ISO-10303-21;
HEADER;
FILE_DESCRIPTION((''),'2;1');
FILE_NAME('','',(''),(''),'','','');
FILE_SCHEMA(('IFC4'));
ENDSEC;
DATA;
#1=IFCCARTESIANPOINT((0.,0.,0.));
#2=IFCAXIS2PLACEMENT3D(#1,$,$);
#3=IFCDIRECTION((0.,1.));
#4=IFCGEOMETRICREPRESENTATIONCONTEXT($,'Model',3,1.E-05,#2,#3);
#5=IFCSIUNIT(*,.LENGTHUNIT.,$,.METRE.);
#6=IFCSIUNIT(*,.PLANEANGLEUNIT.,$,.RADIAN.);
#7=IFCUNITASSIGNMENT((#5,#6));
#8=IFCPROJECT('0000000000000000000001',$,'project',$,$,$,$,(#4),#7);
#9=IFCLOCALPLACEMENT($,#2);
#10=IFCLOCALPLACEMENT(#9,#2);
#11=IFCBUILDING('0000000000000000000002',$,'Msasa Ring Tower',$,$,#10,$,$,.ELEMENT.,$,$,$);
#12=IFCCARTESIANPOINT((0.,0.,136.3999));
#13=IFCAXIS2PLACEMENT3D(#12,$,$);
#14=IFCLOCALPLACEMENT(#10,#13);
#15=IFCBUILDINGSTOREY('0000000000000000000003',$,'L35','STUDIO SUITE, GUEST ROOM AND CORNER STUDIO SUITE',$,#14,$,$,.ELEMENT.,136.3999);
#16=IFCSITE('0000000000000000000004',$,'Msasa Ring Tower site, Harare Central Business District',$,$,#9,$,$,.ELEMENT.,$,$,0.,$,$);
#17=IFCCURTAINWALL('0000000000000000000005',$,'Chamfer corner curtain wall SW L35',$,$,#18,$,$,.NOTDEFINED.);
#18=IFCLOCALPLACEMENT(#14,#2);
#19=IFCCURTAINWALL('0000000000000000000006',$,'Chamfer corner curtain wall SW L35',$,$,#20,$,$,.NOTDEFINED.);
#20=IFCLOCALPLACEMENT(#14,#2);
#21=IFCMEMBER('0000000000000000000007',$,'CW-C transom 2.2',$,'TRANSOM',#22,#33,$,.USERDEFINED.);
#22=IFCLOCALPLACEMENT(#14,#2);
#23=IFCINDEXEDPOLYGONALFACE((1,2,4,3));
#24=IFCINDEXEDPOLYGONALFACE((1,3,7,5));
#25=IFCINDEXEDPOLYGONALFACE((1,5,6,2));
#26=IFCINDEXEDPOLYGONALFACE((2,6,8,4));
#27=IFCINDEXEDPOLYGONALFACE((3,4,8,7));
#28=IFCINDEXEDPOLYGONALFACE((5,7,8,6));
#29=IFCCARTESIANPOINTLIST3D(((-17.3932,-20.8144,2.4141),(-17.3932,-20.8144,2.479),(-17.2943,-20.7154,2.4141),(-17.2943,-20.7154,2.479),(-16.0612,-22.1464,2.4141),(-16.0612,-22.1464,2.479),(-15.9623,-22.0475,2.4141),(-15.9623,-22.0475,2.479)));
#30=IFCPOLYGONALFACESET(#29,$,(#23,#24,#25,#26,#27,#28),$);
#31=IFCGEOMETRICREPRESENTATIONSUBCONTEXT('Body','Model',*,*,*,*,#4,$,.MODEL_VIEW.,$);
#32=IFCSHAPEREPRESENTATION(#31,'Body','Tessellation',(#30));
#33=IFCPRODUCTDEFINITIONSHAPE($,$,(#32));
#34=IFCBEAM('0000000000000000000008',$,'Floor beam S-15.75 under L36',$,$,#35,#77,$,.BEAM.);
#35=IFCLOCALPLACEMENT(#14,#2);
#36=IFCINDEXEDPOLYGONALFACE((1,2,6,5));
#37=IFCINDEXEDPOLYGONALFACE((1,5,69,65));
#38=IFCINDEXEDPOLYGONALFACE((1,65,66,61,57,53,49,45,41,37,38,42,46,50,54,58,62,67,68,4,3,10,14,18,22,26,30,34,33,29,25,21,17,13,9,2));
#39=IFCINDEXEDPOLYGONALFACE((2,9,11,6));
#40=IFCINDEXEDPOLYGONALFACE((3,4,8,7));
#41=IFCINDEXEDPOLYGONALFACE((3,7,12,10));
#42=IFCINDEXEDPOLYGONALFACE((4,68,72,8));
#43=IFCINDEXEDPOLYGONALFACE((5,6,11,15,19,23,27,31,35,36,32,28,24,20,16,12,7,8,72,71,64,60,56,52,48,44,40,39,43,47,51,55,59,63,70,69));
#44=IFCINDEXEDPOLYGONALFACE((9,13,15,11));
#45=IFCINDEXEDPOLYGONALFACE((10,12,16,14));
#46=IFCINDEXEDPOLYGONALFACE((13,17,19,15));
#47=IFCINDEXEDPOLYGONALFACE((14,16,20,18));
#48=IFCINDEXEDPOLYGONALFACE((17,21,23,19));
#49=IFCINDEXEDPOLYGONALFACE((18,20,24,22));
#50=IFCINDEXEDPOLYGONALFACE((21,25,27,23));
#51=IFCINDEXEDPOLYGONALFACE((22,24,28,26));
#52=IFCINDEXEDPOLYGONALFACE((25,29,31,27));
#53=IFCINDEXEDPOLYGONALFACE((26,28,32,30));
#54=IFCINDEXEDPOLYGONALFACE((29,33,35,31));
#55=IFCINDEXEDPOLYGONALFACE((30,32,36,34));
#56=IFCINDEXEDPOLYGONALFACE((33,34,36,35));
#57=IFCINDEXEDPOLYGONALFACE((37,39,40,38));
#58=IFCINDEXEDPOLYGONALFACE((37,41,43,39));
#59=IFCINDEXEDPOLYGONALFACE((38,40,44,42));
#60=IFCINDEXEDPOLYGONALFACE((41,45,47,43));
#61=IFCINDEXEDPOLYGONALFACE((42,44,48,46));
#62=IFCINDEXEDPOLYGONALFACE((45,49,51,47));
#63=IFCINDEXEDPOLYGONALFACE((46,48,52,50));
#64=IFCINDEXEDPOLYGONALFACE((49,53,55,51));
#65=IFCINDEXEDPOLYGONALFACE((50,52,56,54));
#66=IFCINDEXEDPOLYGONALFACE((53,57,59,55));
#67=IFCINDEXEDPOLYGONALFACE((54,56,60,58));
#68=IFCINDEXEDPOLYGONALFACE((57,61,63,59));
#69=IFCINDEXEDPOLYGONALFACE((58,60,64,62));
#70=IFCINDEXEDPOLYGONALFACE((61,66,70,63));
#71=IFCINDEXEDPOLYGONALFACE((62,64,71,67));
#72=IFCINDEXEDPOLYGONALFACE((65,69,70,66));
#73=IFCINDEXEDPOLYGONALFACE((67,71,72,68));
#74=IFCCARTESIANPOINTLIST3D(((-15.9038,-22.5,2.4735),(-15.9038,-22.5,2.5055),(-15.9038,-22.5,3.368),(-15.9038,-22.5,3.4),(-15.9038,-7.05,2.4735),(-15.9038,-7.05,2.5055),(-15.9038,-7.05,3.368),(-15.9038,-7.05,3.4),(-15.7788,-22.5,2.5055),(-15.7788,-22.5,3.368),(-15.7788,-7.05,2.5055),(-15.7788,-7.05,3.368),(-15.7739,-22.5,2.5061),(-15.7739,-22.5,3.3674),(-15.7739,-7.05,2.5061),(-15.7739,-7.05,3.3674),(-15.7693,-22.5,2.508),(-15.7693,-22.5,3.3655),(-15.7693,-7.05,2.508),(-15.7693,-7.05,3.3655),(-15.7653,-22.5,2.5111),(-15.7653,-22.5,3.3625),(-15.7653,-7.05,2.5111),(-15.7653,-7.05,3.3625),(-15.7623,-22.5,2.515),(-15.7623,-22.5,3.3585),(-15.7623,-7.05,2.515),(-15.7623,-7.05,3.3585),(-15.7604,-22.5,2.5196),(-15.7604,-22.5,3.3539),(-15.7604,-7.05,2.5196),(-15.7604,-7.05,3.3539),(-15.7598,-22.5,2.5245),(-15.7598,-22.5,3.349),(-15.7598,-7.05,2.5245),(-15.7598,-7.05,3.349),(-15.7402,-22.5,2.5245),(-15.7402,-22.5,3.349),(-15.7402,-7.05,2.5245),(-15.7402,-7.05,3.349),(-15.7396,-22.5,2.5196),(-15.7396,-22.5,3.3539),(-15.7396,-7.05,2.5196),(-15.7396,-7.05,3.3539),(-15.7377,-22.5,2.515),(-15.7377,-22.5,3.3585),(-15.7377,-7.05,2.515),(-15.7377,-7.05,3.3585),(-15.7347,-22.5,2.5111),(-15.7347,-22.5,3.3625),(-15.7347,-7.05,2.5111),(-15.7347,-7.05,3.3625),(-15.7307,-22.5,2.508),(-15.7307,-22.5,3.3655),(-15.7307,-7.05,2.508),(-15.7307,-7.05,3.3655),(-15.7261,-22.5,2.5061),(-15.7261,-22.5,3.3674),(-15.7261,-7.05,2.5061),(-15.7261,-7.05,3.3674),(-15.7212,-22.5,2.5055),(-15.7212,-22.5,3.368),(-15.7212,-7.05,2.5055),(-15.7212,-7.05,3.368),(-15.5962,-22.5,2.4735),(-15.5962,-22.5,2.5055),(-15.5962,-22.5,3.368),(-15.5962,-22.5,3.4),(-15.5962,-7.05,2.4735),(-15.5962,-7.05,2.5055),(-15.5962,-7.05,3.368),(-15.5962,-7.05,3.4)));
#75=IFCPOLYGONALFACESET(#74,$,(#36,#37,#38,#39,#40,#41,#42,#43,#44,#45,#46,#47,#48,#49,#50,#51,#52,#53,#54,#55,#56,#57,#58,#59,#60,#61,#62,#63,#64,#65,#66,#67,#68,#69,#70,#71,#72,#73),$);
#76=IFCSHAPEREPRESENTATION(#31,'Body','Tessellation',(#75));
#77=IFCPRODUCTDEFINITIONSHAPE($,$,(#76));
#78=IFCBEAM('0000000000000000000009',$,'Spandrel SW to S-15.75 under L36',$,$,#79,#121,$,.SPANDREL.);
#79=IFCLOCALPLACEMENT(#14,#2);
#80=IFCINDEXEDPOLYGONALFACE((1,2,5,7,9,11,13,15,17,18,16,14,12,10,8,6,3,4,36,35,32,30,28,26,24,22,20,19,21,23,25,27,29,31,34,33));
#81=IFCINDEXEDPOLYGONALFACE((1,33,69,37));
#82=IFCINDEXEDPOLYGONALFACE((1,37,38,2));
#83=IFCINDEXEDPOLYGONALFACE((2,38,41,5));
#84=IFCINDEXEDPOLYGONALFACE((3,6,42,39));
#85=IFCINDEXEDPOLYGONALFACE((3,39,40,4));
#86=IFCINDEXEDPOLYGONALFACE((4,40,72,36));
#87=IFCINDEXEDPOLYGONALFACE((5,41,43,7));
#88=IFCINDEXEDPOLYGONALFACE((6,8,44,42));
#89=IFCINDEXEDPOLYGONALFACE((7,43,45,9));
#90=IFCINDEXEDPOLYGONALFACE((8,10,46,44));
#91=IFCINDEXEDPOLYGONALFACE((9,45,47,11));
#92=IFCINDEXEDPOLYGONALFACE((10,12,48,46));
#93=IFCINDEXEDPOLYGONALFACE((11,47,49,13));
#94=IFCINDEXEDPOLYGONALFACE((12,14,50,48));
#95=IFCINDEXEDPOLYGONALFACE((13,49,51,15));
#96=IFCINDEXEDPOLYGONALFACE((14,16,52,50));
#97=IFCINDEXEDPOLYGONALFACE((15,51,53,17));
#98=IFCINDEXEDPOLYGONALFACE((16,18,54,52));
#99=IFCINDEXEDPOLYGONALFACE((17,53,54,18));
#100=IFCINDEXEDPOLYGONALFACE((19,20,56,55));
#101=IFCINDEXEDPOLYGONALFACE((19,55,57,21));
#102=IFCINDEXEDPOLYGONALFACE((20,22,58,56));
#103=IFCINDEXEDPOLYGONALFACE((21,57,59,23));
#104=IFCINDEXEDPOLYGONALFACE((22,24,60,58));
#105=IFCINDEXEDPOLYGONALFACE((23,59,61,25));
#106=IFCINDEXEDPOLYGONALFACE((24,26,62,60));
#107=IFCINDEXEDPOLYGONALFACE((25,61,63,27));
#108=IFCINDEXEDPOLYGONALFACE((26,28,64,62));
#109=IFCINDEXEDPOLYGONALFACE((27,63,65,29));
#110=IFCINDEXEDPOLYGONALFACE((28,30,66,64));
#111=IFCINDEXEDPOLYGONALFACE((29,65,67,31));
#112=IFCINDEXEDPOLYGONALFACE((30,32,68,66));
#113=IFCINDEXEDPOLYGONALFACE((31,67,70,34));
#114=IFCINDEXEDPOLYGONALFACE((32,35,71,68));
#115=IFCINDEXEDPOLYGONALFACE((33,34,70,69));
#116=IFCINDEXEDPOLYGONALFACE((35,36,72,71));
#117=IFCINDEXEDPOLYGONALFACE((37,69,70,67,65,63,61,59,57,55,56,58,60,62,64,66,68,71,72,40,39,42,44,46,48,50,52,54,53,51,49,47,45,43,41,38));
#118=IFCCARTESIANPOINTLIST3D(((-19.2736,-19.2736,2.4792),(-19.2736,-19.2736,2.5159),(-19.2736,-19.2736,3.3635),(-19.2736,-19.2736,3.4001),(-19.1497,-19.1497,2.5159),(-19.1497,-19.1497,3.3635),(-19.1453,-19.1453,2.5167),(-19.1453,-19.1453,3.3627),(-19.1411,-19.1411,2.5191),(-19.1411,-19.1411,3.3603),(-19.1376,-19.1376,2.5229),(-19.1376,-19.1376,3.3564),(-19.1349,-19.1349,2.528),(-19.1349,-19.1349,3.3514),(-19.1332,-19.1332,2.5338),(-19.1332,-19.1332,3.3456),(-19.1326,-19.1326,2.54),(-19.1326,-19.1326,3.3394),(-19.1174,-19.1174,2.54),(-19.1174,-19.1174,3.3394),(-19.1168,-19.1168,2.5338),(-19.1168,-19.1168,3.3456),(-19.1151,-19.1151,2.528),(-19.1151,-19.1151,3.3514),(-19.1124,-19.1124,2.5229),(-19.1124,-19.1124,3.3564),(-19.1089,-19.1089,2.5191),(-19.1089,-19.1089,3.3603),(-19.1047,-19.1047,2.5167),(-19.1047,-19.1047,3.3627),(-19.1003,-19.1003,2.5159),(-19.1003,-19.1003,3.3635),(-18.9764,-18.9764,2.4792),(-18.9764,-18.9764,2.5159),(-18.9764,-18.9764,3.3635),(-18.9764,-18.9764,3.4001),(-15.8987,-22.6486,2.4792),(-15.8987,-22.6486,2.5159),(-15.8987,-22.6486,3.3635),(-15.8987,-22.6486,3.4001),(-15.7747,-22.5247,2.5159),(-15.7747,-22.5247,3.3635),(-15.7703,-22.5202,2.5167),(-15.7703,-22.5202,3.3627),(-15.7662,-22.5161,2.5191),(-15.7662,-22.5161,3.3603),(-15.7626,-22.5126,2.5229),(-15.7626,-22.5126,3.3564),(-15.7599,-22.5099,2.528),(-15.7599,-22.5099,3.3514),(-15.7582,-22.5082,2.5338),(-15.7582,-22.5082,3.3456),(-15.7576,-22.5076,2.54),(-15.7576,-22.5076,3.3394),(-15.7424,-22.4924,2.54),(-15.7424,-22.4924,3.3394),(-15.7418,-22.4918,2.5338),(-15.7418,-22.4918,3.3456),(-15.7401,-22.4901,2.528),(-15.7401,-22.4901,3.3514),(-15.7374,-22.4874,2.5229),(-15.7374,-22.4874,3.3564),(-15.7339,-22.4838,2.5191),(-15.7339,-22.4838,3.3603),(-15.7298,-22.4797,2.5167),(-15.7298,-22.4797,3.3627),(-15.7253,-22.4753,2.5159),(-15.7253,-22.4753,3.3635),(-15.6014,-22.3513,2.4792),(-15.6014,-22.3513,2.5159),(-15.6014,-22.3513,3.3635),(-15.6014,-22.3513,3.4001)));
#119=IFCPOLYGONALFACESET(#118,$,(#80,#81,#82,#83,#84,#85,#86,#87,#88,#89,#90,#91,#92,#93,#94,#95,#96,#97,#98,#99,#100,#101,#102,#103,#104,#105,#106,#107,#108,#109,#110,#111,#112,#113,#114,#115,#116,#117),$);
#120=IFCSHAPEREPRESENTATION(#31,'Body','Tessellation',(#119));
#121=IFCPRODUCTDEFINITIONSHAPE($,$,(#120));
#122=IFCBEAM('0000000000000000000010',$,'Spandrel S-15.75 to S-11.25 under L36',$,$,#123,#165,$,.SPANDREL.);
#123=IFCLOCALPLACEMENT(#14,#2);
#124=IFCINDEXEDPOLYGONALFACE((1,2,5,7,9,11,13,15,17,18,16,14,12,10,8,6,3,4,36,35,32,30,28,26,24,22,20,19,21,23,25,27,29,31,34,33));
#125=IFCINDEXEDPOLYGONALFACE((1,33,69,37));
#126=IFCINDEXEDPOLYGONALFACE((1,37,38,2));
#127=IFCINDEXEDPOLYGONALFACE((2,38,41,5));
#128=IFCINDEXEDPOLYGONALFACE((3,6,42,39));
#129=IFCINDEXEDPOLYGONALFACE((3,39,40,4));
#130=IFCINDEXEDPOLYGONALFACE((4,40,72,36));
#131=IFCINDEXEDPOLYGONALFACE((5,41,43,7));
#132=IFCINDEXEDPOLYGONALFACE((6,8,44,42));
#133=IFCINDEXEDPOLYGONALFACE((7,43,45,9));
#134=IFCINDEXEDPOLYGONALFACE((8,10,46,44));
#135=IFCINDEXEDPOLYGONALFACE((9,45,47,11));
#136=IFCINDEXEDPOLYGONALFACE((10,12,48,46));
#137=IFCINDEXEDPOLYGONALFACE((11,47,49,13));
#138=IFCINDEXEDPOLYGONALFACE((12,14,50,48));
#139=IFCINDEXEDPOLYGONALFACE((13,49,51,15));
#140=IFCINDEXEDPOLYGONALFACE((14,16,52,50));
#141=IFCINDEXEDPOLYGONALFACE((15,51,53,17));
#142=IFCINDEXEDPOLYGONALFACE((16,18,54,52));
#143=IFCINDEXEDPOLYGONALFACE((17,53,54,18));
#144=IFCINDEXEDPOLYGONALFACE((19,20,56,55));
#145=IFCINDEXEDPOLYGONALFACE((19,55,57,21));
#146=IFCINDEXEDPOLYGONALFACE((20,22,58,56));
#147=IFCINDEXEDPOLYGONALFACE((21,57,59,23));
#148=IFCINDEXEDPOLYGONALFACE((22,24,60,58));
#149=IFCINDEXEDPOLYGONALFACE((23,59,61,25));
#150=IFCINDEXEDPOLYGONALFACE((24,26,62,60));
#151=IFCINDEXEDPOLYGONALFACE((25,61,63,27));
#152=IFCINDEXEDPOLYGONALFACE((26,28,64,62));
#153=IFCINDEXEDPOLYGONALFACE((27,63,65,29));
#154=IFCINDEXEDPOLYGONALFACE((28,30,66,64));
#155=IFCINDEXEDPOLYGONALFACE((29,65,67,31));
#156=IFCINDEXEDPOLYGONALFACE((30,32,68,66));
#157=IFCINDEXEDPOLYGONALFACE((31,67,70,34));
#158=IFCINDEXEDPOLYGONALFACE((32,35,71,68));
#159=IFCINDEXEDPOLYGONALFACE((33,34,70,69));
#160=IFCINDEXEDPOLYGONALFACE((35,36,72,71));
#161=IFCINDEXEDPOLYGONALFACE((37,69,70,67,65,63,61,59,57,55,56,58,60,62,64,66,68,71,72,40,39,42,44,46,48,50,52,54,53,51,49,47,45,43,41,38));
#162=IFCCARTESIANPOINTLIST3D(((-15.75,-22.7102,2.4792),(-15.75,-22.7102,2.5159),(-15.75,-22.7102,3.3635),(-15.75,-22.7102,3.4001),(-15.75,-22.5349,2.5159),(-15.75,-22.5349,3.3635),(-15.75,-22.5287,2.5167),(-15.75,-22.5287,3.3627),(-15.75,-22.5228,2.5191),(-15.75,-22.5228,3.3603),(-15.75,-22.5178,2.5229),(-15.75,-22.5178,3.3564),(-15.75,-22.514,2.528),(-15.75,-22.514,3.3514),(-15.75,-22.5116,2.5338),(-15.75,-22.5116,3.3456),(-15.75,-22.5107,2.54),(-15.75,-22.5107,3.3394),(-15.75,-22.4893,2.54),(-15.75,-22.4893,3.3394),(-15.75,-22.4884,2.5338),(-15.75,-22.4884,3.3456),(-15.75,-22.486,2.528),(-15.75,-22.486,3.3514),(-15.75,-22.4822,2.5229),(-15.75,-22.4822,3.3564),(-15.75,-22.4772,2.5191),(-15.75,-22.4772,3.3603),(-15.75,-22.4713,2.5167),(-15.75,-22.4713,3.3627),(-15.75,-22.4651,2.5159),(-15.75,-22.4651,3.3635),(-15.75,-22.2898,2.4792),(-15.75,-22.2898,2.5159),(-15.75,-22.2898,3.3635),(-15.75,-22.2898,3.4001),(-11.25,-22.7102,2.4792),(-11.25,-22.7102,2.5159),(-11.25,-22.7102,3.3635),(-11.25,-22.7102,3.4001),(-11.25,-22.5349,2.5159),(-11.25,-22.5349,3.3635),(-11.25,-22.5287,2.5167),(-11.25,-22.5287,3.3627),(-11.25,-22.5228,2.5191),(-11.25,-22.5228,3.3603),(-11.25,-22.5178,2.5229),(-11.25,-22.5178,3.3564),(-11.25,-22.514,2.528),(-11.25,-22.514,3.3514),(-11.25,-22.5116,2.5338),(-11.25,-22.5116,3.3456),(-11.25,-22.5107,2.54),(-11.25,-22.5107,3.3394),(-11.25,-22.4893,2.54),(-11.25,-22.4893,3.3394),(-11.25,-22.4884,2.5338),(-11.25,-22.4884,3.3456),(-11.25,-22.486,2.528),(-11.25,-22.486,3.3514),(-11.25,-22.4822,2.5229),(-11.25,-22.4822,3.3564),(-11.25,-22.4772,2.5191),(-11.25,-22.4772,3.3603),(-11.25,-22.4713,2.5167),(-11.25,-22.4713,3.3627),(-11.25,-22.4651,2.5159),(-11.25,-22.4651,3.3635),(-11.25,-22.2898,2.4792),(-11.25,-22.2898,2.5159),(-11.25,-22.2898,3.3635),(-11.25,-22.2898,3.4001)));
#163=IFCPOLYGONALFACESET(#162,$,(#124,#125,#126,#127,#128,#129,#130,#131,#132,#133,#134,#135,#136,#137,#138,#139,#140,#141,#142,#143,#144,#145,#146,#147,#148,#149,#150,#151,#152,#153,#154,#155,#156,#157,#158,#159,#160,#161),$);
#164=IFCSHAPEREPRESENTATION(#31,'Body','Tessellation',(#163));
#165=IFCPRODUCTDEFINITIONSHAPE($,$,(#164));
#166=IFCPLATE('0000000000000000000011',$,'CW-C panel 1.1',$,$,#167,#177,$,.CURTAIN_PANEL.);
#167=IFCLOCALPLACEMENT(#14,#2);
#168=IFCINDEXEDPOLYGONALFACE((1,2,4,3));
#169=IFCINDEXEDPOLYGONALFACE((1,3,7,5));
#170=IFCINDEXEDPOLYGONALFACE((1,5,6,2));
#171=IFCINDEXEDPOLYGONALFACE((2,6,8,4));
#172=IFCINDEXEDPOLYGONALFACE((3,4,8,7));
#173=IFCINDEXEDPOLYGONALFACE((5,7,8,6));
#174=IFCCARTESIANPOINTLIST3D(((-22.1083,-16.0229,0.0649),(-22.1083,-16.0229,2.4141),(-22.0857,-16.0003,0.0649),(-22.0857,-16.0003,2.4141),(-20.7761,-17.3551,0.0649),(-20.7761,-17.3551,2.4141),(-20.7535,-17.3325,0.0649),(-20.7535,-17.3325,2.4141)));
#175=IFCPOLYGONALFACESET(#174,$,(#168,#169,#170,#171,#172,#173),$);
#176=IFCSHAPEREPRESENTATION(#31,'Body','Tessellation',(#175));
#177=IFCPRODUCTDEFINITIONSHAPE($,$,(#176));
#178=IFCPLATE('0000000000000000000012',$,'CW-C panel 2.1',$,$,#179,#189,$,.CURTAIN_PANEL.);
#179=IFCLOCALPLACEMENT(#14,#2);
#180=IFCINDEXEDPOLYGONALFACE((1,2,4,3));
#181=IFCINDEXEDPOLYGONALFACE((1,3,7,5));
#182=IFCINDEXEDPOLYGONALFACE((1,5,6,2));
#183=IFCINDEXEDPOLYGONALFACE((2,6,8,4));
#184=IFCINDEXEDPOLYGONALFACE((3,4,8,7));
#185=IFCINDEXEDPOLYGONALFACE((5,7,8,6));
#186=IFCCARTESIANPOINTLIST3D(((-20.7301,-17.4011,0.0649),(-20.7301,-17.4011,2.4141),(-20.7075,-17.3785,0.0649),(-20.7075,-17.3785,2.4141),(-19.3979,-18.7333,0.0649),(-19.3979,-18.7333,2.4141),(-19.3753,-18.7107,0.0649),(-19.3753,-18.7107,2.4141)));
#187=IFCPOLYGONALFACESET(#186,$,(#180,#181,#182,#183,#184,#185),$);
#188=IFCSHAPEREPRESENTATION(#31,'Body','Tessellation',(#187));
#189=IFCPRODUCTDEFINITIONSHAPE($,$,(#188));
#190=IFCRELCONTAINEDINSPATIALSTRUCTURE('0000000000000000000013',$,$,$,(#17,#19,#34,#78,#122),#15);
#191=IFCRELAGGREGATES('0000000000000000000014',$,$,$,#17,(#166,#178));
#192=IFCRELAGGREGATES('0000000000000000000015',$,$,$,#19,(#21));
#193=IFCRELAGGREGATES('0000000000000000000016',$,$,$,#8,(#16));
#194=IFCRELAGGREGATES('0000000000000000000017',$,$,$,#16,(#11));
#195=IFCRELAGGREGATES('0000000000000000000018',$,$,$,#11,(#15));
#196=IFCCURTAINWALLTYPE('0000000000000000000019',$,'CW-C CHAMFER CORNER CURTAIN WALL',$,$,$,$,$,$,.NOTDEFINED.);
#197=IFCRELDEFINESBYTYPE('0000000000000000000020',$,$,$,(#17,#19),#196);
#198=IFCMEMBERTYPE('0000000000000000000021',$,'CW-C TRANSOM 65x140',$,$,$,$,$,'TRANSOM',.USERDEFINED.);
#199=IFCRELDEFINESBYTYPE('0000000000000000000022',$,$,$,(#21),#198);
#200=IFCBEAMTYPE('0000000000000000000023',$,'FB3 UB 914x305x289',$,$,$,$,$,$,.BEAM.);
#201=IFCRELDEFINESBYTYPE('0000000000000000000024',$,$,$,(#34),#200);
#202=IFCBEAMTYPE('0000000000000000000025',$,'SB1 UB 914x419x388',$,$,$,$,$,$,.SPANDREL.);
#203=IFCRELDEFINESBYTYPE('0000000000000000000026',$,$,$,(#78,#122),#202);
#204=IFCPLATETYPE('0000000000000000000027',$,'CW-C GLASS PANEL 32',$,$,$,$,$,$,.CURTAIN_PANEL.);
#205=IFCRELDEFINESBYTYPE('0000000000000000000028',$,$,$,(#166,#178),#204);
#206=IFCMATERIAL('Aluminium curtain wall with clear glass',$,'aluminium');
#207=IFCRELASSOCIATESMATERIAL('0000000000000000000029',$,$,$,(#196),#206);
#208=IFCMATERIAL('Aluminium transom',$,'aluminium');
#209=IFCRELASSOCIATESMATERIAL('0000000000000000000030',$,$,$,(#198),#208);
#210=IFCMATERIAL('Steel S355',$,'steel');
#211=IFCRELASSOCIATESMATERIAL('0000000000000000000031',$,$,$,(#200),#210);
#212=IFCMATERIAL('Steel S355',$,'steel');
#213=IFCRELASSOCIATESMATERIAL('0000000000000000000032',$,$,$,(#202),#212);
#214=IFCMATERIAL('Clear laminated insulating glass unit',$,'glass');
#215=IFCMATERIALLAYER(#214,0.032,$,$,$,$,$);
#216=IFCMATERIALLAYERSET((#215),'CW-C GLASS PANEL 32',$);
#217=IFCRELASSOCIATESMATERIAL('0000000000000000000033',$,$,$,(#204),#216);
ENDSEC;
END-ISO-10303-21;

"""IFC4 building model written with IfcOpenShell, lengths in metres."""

from ifc_helpers import new_model, si_unit, direction, frame, origin, origin_2d, place, context, subcontext, project, spatial, rectangle, i_section, extrude, material, layer, layer_set, material_profile, profile_set, type_object, element, aggregate, save


model = new_model("IFC4")

# Units and contexts
model_context = context("Model", 3, precision=1e-05, world=origin(), true_north=direction((0.0, 1.0)))
body_context = subcontext(model_context, "Body", "Model", "MODEL_VIEW")
ifc_project = project(units=[si_unit("LENGTHUNIT", "METRE"), si_unit("PLANEANGLEUNIT", "RADIAN")], contexts=[model_context])

# Site, building, storey
site_placement = place(None, origin())
site = spatial("IfcSite", under=ifc_project, at=site_placement, Name="Msasa Ring Tower site, Harare Central Business District", CompositionType="ELEMENT", RefElevation=0.0)
building_placement = place(site_placement, origin())
building = spatial("IfcBuilding", under=site, at=building_placement, Name="Msasa Ring Tower", CompositionType="ELEMENT")
storey_placement = place(building_placement, frame((0.0, 0.0, 136.3999)))
storey = spatial("IfcBuildingStorey", under=building, at=storey_placement, Name="L35", Description="STUDIO SUITE, GUEST ROOM AND CORNER STUDIO SUITE", CompositionType="ELEMENT", Elevation=136.3999)

# Curtain walls
ifc_material_1 = material(Name="Aluminium curtain wall with clear glass", Category="aluminium")
curtain_wall_type = type_object("IfcCurtainWallType", Name="CW-C CHAMFER CORNER CURTAIN WALL", PredefinedType="NOTDEFINED", material=ifc_material_1)
curtain_wall_1_placement = place(storey_placement, origin())
curtain_wall_1 = element("IfcCurtainWall", 1, at=curtain_wall_1_placement, inside=storey, type_object=curtain_wall_type, Name="Chamfer corner curtain wall SW L35", PredefinedType="NOTDEFINED")
curtain_wall_2_placement = place(storey_placement, origin())
curtain_wall_2 = element("IfcCurtainWall", 2, at=curtain_wall_2_placement, inside=storey, type_object=curtain_wall_type, Name="Chamfer corner curtain wall SW L35", PredefinedType="NOTDEFINED")

# Member
ifc_material_2 = material(Name="Aluminium transom", Category="aluminium")
ifc_material_profile_1 = material_profile(ifc_material_2, rectangle(XDim=0.1399, YDim=0.0649, at=origin_2d()), Name="AL 65x140")
ifc_profile_set_1 = profile_set([ifc_material_profile_1], Name="Aluminium transom")
member_type_1 = type_object("IfcMemberType", Name="CW-C TRANSOM 65x140", ElementType="TRANSOM", PredefinedType="USERDEFINED", material=ifc_profile_set_1)
member_1_placement = place(storey_placement, frame((-17.3438, -20.7649, 2.4465), z_axis=(0.707107, -0.707107, 0.0), x_axis=(0.707107, 0.707107, 0.0)))
member_1 = element("IfcMember", 3, at=member_1_placement, type_object=member_type_1, Name="CW-C transom 2.2", ObjectType="TRANSOM", PredefinedType="USERDEFINED", context=body_context, shape_type="SweptSolid", body=[
    extrude(rectangle(XDim=0.1399, YDim=0.0649, at=origin_2d()), origin(), (0.0, 0.0, 1.0), 1.8838),
])

# Beams
ifc_material_3 = material(Name="Steel S355", Category="steel")
ifc_material_profile_2 = material_profile(ifc_material_3, i_section(OverallWidth=0.3076, OverallDepth=0.9265, WebThickness=0.0195, FlangeThickness=0.032, FilletRadius=0.019, at=origin_2d()), Name="UB 914x305x289")
ifc_profile_set_2 = profile_set([ifc_material_profile_2], Name="Steel S355")
beam_type_1 = type_object("IfcBeamType", Name="FB3 UB 914x305x289", PredefinedType="BEAM", material=ifc_profile_set_2)
beam_1_placement = place(storey_placement, frame((-15.75, -22.5, 2.9368), z_axis=(0.0, 1.0, 0.0), x_axis=(-1.0, 0.0, 0.0)))
element("IfcBeam", 4, at=beam_1_placement, inside=storey, type_object=beam_type_1, Name="Floor beam S-15.75 under L36", PredefinedType="BEAM", context=body_context, shape_type="SweptSolid", body=[
    extrude(i_section(OverallWidth=0.3076, OverallDepth=0.9265, WebThickness=0.0195, FlangeThickness=0.032, FilletRadius=0.019, at=origin_2d()), origin(), (0.0, 0.0, 1.0), 15.45),
])
ifc_material_4 = material(Name="Steel S355", Category="steel")
ifc_material_profile_3 = material_profile(ifc_material_4, i_section(OverallWidth=0.4204, OverallDepth=0.9209, WebThickness=0.0215, FlangeThickness=0.0366, FilletRadius=0.0242, at=origin_2d()), Name="UB 914x419x388")
ifc_profile_set_3 = profile_set([ifc_material_profile_3], Name="Steel S355")
beam_type_2 = type_object("IfcBeamType", Name="SB1 UB 914x419x388", PredefinedType="SPANDREL", material=ifc_profile_set_3)
beam_2_placement = place(storey_placement, frame((-19.125, -19.125, 2.9397), z_axis=(0.707107, -0.707107, 0.0), x_axis=(0.707107, 0.707107, 0.0)))
element("IfcBeam", 5, at=beam_2_placement, inside=storey, type_object=beam_type_2, Name="Spandrel SW to S-15.75 under L36", PredefinedType="SPANDREL", context=body_context, shape_type="SweptSolid", body=[
    extrude(i_section(OverallWidth=0.4204, OverallDepth=0.9209, WebThickness=0.0215, FlangeThickness=0.0366, FilletRadius=0.0242, at=origin_2d()), origin(), (0.0, 0.0, 1.0), 4.7729),
])
beam_3_placement = place(storey_placement, frame((-15.75, -22.5, 2.9397), z_axis=(1.0, 0.0, 0.0), x_axis=(0.0, 1.0, 0.0)))
element("IfcBeam", 6, at=beam_3_placement, inside=storey, type_object=beam_type_2, Name="Spandrel S-15.75 to S-11.25 under L36", PredefinedType="SPANDREL", context=body_context, shape_type="SweptSolid", body=[
    extrude(i_section(OverallWidth=0.4204, OverallDepth=0.9209, WebThickness=0.0215, FlangeThickness=0.0366, FilletRadius=0.0242, at=origin_2d()), origin(), (0.0, 0.0, 1.0), 4.5),
])

# Plates
ifc_material_5 = material(Name="Clear laminated insulating glass unit", Category="glass")
ifc_layer_1 = layer(ifc_material_5, 0.032)
ifc_layer_set_1 = layer_set([ifc_layer_1], Name="CW-C GLASS PANEL 32")
plate_type = type_object("IfcPlateType", Name="CW-C GLASS PANEL 32", PredefinedType="CURTAIN_PANEL", material=ifc_layer_set_1)
plate_1_placement = place(storey_placement, frame((-21.4309, -16.6777, 0.0649), z_axis=(0.0, 0.0, 1.0), x_axis=(0.707107, -0.707107, 0.0)))
plate_1 = element("IfcPlate", 7, at=plate_1_placement, type_object=plate_type, Name="CW-C panel 1.1", PredefinedType="CURTAIN_PANEL", context=body_context, shape_type="SweptSolid", body=[
    extrude(rectangle(XDim=1.884, YDim=0.032, at=origin_2d()), origin(), (0.0, 0.0, 1.0), 2.3491),
])
plate_2_placement = place(storey_placement, frame((-20.0527, -18.0559, 0.0649), z_axis=(0.0, 0.0, 1.0), x_axis=(0.707107, -0.707107, 0.0)))
plate_2 = element("IfcPlate", 8, at=plate_2_placement, type_object=plate_type, Name="CW-C panel 2.1", PredefinedType="CURTAIN_PANEL", context=body_context, shape_type="SweptSolid", body=[
    extrude(rectangle(XDim=1.884, YDim=0.032, at=origin_2d()), origin(), (0.0, 0.0, 1.0), 2.3491),
])
aggregate(curtain_wall_1, [plate_1, plate_2])
aggregate(curtain_wall_2, [member_1])

save(model, "model.ifc")
